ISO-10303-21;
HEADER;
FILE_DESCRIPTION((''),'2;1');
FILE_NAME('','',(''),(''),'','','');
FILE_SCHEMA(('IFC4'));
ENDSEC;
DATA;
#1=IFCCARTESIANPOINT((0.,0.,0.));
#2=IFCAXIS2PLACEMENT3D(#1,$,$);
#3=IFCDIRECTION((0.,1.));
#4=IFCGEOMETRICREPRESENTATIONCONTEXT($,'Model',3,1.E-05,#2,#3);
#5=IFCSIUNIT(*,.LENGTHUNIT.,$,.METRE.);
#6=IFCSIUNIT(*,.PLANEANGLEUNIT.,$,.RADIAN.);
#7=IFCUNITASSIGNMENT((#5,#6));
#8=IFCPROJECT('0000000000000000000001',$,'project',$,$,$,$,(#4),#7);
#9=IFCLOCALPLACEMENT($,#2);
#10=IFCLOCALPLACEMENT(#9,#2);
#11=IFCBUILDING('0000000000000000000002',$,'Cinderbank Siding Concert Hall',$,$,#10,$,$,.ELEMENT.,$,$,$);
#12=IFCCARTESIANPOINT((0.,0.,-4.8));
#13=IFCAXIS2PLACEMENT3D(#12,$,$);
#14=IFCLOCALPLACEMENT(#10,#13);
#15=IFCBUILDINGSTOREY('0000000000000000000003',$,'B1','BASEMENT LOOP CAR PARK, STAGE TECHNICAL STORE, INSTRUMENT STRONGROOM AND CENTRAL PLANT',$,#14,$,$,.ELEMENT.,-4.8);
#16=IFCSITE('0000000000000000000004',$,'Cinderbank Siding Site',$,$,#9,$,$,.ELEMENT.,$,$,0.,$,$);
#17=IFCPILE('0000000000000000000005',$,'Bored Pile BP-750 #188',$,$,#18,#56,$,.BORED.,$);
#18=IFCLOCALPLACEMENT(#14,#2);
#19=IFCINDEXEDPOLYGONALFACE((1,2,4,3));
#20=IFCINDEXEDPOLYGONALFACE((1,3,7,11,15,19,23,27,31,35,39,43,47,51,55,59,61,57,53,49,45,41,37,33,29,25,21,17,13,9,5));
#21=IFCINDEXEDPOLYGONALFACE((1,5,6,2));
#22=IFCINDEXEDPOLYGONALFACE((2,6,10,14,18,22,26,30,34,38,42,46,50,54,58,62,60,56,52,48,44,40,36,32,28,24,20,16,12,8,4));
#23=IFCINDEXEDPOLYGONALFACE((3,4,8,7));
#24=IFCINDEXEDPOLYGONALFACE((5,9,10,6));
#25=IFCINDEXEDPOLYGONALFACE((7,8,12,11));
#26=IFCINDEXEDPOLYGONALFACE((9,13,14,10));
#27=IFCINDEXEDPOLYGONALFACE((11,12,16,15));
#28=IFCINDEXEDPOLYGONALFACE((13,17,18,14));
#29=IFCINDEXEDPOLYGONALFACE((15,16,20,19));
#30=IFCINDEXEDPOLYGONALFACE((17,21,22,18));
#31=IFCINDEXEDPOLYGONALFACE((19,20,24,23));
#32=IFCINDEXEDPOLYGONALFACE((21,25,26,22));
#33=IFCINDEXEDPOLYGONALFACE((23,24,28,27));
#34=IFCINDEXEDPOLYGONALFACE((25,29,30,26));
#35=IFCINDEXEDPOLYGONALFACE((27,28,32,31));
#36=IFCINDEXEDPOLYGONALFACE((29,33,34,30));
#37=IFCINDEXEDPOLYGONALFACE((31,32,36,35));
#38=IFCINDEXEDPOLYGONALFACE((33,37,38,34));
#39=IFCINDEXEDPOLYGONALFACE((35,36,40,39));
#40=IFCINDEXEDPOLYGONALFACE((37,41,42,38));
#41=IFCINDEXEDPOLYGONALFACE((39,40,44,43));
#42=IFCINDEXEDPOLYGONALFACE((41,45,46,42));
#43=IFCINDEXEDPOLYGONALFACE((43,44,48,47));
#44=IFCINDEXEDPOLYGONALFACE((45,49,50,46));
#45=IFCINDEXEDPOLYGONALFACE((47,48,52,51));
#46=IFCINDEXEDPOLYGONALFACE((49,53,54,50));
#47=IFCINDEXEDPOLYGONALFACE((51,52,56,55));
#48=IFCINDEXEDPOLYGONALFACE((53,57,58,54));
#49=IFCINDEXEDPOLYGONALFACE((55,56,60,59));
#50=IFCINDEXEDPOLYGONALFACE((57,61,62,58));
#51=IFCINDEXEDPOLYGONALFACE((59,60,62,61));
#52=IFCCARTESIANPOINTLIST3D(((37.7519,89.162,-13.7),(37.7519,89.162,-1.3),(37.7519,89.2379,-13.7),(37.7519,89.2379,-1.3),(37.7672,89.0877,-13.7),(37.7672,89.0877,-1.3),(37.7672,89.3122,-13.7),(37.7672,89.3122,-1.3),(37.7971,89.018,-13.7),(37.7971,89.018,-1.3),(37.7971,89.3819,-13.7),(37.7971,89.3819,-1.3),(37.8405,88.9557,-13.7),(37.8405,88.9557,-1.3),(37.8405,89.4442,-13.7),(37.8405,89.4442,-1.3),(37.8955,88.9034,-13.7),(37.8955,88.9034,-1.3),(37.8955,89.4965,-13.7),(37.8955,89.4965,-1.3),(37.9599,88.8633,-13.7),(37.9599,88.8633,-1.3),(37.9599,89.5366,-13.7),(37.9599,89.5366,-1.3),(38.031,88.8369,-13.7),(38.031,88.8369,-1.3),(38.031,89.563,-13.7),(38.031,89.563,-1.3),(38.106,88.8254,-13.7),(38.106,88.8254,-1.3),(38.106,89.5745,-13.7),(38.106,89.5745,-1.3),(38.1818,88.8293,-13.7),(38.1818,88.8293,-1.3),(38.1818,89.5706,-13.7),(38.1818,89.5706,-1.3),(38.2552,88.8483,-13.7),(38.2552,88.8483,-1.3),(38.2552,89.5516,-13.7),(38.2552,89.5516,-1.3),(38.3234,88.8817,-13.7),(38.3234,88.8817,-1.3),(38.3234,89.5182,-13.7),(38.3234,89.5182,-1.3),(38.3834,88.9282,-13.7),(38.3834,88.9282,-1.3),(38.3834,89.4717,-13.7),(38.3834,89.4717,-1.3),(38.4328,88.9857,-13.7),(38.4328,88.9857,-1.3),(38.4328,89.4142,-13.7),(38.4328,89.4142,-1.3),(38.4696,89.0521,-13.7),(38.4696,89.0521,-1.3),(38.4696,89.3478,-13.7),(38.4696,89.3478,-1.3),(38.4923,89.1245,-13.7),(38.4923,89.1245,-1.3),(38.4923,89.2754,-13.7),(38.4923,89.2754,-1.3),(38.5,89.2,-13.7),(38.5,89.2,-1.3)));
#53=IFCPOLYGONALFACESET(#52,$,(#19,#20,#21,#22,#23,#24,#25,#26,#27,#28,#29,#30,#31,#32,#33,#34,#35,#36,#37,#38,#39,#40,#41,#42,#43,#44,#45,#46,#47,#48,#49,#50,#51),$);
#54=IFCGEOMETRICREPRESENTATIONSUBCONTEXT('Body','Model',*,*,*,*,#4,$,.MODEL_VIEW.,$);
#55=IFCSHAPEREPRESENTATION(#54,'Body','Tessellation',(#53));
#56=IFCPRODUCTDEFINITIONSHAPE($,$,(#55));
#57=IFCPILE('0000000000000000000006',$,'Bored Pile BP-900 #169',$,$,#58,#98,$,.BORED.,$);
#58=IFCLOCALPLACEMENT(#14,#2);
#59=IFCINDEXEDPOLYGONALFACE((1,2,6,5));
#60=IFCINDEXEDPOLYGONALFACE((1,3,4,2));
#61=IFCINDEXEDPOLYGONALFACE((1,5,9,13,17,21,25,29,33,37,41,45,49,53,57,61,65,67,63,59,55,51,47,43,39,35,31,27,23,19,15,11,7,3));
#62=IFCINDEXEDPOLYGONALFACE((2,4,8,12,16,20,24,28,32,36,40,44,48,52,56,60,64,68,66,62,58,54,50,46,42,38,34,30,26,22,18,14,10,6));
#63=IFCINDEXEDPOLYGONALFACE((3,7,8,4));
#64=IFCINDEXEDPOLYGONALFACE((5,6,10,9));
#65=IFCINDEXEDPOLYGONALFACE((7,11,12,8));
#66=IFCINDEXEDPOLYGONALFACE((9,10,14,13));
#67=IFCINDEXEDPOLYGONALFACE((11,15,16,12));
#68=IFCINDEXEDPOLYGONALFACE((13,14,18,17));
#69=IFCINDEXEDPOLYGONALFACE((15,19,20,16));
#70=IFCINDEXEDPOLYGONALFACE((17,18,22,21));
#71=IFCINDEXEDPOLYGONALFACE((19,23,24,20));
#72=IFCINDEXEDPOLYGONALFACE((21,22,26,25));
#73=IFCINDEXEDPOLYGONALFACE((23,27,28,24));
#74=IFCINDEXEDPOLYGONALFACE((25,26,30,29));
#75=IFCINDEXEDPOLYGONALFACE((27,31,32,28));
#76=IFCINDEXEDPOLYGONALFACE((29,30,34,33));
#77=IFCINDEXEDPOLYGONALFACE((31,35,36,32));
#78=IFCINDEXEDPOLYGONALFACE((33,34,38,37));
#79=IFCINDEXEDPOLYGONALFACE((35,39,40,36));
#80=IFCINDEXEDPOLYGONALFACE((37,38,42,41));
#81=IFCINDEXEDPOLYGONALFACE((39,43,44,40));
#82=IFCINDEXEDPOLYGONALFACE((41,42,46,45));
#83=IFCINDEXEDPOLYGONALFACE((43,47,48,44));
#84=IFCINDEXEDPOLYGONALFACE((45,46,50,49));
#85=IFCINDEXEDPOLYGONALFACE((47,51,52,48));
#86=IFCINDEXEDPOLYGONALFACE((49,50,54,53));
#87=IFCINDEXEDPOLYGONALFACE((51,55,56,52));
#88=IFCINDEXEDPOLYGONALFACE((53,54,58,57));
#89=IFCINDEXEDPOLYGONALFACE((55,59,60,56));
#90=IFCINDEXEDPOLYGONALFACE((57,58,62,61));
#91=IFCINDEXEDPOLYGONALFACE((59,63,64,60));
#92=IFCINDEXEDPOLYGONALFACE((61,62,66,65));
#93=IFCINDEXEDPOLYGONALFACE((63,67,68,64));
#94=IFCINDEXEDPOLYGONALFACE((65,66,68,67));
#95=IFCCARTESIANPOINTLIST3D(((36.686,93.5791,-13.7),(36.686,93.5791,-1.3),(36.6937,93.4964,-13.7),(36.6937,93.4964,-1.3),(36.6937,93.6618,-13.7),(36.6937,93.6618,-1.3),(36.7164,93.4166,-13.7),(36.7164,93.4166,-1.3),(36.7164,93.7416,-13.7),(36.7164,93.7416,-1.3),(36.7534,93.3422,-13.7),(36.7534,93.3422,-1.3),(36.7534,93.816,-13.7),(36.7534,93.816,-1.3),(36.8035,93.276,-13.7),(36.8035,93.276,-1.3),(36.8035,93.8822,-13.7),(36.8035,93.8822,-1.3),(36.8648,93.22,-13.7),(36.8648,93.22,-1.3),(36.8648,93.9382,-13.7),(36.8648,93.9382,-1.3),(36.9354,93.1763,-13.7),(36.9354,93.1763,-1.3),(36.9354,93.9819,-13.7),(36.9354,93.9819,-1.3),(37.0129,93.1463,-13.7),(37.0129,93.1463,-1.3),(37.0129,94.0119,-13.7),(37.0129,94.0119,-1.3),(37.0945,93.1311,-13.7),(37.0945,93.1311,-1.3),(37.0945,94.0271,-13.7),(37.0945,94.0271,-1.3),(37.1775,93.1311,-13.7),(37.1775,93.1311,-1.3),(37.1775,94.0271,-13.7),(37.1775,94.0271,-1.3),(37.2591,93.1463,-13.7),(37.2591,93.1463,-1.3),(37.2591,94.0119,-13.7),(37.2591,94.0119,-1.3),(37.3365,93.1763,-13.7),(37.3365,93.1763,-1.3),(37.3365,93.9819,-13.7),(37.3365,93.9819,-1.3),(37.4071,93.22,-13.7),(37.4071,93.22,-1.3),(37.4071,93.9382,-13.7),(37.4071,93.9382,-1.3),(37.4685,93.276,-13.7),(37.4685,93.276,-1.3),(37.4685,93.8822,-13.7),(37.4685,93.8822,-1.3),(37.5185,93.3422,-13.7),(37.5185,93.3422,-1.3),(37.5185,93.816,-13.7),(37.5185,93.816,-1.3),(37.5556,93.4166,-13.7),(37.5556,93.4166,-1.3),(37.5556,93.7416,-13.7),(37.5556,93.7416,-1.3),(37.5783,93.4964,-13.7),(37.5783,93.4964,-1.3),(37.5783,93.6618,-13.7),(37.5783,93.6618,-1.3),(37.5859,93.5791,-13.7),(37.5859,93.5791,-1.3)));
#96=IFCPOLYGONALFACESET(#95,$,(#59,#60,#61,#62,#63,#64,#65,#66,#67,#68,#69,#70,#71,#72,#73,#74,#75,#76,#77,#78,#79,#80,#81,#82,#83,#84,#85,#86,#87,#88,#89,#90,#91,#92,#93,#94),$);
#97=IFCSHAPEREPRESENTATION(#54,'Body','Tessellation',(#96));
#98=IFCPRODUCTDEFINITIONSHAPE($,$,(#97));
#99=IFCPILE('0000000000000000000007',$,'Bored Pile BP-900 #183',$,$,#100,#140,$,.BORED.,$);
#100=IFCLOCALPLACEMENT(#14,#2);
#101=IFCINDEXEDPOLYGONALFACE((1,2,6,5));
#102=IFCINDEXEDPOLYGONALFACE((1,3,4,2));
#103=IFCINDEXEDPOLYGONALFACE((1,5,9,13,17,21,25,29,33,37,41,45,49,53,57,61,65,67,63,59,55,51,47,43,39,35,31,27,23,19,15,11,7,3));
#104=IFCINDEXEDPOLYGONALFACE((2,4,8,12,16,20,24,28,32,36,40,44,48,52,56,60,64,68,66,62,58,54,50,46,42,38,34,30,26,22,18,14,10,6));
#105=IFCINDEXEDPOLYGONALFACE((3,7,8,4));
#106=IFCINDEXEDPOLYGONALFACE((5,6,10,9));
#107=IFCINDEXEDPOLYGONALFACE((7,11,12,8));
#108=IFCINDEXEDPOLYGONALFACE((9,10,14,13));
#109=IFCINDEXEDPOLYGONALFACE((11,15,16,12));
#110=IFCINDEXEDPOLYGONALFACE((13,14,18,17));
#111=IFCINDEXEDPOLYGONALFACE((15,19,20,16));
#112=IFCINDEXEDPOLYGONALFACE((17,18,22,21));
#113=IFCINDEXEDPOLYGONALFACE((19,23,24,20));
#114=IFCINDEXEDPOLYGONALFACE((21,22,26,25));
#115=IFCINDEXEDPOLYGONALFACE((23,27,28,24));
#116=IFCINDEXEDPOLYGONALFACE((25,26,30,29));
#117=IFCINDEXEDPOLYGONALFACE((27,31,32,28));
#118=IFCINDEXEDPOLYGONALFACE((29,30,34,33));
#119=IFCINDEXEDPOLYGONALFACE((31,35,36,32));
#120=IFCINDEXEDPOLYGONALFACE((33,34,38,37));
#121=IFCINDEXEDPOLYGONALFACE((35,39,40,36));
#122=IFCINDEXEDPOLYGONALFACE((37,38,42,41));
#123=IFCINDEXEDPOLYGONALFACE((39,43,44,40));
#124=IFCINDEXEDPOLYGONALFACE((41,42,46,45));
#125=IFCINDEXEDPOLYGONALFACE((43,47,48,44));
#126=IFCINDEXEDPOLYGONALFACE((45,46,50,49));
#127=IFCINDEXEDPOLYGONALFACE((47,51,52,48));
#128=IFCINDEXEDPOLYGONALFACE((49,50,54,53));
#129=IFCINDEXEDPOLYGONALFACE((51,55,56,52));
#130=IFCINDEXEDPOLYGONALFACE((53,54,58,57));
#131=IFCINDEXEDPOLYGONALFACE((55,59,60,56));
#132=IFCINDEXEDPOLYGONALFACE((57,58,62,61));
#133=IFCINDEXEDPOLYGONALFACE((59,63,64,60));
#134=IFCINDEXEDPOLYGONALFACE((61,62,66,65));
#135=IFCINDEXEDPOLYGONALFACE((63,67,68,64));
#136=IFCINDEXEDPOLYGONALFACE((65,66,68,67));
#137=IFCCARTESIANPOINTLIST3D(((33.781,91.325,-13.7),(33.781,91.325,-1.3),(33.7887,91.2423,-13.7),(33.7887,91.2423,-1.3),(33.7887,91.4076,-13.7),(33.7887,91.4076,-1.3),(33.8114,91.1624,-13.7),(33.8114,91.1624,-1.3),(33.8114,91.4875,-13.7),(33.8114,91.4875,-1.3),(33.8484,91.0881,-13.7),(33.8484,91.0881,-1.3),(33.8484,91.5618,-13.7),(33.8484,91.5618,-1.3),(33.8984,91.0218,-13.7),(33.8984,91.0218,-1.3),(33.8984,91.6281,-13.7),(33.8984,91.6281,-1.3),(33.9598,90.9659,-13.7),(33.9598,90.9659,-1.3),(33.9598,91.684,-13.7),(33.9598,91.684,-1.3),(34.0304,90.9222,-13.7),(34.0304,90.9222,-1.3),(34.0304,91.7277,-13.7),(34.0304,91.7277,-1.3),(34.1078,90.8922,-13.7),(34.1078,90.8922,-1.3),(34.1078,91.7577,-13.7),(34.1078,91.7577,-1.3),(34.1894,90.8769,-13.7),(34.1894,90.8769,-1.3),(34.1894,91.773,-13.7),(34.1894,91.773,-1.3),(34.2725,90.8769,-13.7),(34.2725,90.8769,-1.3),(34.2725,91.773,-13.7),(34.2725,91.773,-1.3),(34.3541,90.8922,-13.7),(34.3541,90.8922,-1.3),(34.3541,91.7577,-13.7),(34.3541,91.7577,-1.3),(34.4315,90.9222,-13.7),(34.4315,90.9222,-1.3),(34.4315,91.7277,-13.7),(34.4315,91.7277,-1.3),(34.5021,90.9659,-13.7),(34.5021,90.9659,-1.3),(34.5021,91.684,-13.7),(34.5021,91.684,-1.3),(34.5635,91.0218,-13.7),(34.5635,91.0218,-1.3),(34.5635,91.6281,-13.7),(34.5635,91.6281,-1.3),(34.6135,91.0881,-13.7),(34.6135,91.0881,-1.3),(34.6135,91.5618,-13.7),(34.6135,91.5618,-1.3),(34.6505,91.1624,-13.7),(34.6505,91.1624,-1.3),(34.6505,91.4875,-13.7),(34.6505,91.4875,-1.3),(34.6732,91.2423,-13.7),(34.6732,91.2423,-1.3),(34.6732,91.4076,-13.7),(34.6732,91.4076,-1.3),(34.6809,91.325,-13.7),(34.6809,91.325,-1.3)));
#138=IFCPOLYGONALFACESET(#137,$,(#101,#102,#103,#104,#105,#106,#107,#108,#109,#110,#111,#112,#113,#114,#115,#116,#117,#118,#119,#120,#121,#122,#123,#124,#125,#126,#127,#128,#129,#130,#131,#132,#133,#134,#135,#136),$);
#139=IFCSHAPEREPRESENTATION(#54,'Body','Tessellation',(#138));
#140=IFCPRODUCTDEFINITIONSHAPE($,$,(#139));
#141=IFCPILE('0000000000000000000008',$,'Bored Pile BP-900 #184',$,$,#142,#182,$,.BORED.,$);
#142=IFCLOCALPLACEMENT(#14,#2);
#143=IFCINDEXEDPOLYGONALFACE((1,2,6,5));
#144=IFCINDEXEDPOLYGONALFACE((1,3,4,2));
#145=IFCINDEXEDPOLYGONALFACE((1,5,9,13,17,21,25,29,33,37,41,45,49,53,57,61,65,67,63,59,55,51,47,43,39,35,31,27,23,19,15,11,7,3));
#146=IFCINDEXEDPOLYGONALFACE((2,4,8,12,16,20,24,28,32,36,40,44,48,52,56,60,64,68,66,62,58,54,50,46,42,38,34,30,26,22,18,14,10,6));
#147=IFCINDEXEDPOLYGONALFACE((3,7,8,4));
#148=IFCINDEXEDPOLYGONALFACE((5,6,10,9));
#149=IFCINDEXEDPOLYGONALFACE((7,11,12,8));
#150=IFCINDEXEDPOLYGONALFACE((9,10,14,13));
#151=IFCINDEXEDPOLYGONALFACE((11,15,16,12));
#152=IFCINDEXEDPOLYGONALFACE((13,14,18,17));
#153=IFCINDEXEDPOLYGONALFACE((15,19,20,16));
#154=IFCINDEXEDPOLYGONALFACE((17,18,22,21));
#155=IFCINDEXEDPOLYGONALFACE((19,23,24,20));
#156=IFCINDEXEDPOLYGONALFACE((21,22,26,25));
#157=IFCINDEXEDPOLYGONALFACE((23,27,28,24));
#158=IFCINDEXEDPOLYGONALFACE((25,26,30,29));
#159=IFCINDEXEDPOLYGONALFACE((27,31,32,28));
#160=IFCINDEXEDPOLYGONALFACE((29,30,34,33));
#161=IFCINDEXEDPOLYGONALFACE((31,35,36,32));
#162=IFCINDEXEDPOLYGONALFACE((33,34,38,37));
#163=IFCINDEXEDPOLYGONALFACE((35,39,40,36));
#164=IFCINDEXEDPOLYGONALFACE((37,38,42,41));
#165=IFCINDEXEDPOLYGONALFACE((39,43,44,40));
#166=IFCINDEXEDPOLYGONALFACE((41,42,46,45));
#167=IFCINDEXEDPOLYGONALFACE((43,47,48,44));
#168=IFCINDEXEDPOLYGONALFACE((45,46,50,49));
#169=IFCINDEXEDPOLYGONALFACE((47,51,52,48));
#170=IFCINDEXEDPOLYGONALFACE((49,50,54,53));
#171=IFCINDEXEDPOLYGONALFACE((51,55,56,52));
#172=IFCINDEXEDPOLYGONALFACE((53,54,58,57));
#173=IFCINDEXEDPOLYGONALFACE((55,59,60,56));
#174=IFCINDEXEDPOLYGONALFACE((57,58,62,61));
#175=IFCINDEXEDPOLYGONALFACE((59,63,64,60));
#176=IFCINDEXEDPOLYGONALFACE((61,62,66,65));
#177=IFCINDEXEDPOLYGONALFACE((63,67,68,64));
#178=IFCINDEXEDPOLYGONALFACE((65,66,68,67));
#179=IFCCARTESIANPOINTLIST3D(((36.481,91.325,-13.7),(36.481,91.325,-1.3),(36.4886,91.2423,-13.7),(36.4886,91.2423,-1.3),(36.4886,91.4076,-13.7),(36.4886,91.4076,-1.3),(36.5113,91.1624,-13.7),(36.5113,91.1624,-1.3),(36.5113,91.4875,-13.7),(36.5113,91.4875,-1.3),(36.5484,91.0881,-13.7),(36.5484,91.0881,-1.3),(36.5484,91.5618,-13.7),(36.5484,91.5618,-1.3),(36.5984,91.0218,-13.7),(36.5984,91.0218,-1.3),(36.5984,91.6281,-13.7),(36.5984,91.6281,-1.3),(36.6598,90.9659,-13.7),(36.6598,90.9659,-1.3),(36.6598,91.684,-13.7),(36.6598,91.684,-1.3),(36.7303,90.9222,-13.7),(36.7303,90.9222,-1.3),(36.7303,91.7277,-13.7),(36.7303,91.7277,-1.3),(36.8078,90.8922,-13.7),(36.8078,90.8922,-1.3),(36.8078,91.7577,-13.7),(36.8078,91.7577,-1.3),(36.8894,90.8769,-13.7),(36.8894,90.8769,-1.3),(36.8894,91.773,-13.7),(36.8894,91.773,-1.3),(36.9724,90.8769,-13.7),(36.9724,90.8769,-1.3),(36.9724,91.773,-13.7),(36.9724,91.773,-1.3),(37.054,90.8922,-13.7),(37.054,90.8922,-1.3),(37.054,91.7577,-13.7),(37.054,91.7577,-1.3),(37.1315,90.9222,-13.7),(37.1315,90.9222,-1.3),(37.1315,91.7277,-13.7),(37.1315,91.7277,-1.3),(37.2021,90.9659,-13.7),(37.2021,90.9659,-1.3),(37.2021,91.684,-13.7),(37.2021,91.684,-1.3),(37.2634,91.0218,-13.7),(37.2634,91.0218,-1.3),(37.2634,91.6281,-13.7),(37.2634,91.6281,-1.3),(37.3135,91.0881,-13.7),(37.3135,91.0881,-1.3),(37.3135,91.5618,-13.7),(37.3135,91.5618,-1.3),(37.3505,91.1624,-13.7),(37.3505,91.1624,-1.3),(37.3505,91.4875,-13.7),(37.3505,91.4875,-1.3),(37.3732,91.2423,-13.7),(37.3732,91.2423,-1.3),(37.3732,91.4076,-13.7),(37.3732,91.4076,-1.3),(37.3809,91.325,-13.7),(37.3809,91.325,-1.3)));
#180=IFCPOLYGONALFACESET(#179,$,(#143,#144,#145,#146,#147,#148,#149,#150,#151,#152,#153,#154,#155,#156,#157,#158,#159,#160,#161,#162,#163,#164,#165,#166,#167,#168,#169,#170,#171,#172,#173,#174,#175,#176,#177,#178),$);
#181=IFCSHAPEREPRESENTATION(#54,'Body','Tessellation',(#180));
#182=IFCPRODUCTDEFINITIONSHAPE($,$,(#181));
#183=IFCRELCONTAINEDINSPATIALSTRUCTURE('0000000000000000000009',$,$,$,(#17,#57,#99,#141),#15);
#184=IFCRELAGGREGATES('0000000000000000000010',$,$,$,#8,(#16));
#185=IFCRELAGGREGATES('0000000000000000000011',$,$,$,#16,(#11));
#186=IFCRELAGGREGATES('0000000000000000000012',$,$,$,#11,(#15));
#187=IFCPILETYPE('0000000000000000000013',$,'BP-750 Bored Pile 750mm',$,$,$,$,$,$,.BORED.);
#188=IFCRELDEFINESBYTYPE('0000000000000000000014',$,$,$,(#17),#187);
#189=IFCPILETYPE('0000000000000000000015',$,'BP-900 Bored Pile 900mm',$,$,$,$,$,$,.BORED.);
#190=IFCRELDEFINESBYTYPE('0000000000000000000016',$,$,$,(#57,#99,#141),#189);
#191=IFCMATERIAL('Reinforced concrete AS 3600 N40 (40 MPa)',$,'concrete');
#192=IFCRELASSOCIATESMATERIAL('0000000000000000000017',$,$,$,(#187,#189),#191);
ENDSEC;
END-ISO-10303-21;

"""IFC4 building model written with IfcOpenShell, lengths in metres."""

from ifc_helpers import new_model, si_unit, direction, frame, origin, origin_2d, place, context, subcontext, project, spatial, circle, extrude, material, material_profile, profile_set, type_object, element, save


model = new_model("IFC4")

# Units and contexts
model_context = context("Model", 3, precision=1e-05, world=origin(), true_north=direction((0.0, 1.0)))
body_context = subcontext(model_context, "Body", "Model", "MODEL_VIEW")
ifc_project = project(units=[si_unit("LENGTHUNIT", "METRE"), si_unit("PLANEANGLEUNIT", "RADIAN")], contexts=[model_context])

# Site, building, storey
site_placement = place(None, origin())
site = spatial("IfcSite", under=ifc_project, at=site_placement, Name="Cinderbank Siding Site", CompositionType="ELEMENT", RefElevation=0.0)
building_placement = place(site_placement, origin())
building = spatial("IfcBuilding", under=site, at=building_placement, Name="Cinderbank Siding Concert Hall", CompositionType="ELEMENT")
storey_placement = place(building_placement, frame((0.0, 0.0, -4.8)))
storey = spatial("IfcBuildingStorey", under=building, at=storey_placement, Name="B1", Description="BASEMENT LOOP CAR PARK, STAGE TECHNICAL STORE, INSTRUMENT STRONGROOM AND CENTRAL PLANT", CompositionType="ELEMENT", Elevation=-4.8)

# Piles
ifc_material_1 = material(Name="Reinforced concrete AS 3600 N40 (40 MPa)", Category="concrete")
ifc_material_profile_1 = material_profile(ifc_material_1, circle(Radius=0.375, at=origin_2d()), Name="PILE-750DIA", Category="LoadBearing")
ifc_profile_set_1 = profile_set([ifc_material_profile_1], Name="Reinforced concrete AS 3600 N40 (40 MPa)")
pile_type_1 = type_object("IfcPileType", Name="BP-750 Bored Pile 750mm", PredefinedType="BORED", material=ifc_profile_set_1)
pile_placement = place(storey_placement, frame((38.125, 89.2, -1.3), z_axis=(0.0, 0.0, -1.0), x_axis=(1.0, 0.0, 0.0)))
element("IfcPile", 1, at=pile_placement, inside=storey, type_object=pile_type_1, Name="Bored Pile BP-750 #188", PredefinedType="BORED", context=body_context, shape_type="SweptSolid", body=[
    extrude(circle(Radius=0.375, at=origin_2d()), origin(), (0.0, 0.0, 1.0), 12.3999),
])
ifc_material_profile_2 = material_profile(ifc_material_1, circle(Radius=0.45, at=origin_2d()), Name="PILE-900DIA", Category="LoadBearing")
ifc_profile_set_2 = profile_set([ifc_material_profile_2], Name="Reinforced concrete AS 3600 N40 (40 MPa)")
pile_type_2 = type_object("IfcPileType", Name="BP-900 Bored Pile 900mm", PredefinedType="BORED", material=ifc_profile_set_2)
for number, where, z_axis, x_axis, name in (
    (2, (37.136, 93.5791, -1.3), (0.0, 0.0, -1.0), (1.0, 0.0, 0.0), "Bored Pile BP-900 #169"),
    (3, (34.231, 91.325, -1.3), (0.0, 0.0, -1.0), (1.0, 0.0, 0.0), "Bored Pile BP-900 #183"),
    (4, (36.9309, 91.325, -1.3), (0.0, 0.0, -1.0), (1.0, 0.0, 0.0), "Bored Pile BP-900 #184"),
):
    element("IfcPile", number, at=place(storey_placement, frame(where, z_axis=z_axis, x_axis=x_axis)), inside=storey, type_object=pile_type_2, Name=name, PredefinedType="BORED", context=body_context, shape_type="SweptSolid", body=[
        extrude(circle(Radius=0.45, at=origin_2d()), origin(), (0.0, 0.0, 1.0), 12.3999),
    ])

save(model, "model.ifc")
